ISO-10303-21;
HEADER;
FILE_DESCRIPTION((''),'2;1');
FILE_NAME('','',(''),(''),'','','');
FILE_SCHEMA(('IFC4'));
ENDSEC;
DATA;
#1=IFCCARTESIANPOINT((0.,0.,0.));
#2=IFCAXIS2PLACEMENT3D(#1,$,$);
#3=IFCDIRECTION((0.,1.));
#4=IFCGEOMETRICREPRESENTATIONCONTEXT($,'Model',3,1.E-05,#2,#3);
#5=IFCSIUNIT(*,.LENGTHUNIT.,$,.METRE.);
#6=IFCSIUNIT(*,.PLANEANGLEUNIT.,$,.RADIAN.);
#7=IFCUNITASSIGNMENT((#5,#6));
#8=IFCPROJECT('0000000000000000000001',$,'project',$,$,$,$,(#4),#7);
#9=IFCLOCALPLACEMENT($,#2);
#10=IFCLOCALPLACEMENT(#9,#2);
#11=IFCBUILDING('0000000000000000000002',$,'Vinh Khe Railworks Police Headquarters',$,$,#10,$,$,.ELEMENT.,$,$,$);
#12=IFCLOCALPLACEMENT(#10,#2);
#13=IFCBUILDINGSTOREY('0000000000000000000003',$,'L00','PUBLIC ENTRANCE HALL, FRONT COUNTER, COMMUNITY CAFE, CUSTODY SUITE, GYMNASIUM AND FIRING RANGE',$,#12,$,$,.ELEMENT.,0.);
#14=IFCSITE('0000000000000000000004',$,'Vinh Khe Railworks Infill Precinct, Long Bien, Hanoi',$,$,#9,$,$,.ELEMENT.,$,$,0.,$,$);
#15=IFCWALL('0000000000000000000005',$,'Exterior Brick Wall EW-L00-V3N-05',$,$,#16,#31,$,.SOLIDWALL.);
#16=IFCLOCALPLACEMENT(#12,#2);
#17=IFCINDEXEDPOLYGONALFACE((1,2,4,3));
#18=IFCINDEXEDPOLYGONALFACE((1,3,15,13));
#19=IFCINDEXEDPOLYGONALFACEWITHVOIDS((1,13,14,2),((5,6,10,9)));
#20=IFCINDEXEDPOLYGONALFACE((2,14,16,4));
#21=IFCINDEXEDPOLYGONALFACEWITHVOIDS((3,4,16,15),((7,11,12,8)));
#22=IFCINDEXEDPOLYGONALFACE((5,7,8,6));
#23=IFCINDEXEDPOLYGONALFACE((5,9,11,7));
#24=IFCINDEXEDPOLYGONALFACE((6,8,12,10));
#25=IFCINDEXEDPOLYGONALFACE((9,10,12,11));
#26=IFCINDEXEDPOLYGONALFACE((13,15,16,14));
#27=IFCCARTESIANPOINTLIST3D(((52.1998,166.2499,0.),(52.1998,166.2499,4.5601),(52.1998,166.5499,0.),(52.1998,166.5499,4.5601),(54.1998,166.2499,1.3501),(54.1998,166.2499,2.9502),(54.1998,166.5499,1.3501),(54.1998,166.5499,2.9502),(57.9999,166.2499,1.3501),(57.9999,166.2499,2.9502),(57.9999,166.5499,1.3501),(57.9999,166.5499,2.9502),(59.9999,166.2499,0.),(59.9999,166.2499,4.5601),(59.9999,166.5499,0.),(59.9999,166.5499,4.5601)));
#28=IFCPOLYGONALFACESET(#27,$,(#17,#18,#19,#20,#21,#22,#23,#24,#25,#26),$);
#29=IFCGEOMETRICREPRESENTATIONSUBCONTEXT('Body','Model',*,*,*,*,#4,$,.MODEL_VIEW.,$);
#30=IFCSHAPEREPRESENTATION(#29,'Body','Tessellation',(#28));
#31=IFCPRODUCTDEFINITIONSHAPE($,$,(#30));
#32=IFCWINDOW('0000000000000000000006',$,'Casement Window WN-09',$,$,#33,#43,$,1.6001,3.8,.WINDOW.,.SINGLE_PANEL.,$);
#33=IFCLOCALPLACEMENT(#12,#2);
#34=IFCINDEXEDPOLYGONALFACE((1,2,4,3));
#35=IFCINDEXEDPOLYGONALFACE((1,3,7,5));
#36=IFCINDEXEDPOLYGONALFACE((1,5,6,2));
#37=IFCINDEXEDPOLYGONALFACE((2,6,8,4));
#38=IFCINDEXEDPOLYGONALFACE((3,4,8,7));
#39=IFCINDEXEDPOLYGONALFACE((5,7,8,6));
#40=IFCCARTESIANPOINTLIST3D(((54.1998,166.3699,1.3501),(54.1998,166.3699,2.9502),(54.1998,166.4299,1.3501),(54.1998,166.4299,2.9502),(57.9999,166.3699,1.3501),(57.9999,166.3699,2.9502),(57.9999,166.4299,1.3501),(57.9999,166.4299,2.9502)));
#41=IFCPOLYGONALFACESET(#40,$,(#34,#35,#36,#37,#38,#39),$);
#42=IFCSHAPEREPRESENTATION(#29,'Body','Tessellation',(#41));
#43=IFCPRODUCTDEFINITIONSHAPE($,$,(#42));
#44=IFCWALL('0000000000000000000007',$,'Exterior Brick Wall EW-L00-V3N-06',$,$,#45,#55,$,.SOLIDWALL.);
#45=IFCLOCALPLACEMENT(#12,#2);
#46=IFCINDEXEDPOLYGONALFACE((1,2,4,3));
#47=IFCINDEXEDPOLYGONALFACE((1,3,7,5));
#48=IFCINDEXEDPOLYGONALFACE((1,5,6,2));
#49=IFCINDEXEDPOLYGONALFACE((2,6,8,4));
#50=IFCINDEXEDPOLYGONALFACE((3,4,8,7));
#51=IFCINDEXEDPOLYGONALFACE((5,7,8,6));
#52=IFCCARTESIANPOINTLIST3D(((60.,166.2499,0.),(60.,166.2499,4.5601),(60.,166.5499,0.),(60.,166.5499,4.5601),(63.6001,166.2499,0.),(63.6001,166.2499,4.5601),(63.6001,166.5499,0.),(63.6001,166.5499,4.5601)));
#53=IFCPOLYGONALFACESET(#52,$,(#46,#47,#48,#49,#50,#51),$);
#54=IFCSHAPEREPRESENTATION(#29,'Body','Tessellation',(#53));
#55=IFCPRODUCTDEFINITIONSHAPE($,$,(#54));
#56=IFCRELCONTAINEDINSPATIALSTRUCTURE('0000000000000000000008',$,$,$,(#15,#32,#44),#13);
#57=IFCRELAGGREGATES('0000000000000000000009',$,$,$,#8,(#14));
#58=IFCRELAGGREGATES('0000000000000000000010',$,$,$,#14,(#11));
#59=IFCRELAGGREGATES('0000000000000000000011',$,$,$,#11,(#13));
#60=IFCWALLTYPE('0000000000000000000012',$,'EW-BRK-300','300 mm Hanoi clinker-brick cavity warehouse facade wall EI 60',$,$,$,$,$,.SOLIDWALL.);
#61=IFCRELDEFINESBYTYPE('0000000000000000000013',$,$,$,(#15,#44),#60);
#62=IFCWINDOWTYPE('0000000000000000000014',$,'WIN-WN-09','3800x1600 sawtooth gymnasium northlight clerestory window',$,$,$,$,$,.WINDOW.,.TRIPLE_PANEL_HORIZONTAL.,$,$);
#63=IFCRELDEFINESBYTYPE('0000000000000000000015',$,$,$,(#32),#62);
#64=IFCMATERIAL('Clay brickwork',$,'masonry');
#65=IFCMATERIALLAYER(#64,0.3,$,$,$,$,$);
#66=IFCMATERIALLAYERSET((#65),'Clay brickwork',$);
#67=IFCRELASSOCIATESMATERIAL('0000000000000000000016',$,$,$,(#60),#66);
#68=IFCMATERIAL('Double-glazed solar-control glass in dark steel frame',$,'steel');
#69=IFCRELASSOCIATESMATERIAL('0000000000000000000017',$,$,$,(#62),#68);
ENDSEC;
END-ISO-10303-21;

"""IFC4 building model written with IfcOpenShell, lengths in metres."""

from ifc_helpers import new_model, si_unit, direction, frame, frame_2d, origin, place, context, subcontext, project, spatial, rectangle, extrude, material, layer, layer_set, type_object, element, fill, save


model = new_model("IFC4")

# Units and contexts
model_context = context("Model", 3, precision=1e-05, world=origin(), true_north=direction((0.0, 1.0)))
body_context = subcontext(model_context, "Body", "Model", "MODEL_VIEW")
ifc_project = project(units=[si_unit("LENGTHUNIT", "METRE"), si_unit("PLANEANGLEUNIT", "RADIAN")], contexts=[model_context])

# Site, building, storey
site_placement = place(None, origin())
site = spatial("IfcSite", under=ifc_project, at=site_placement, Name="Vinh Khe Railworks Infill Precinct, Long Bien, Hanoi", CompositionType="ELEMENT", RefElevation=0.0)
building_placement = place(site_placement, origin())
building = spatial("IfcBuilding", under=site, at=building_placement, Name="Vinh Khe Railworks Police Headquarters", CompositionType="ELEMENT")
storey_placement = place(building_placement, origin())
storey = spatial("IfcBuildingStorey", under=building, at=storey_placement, Name="L00", Description="PUBLIC ENTRANCE HALL, FRONT COUNTER, COMMUNITY CAFE, CUSTODY SUITE, GYMNASIUM AND FIRING RANGE", CompositionType="ELEMENT", Elevation=0.0)

# Wall, opening, window
ifc_material_1 = material(Name="Clay brickwork", Category="masonry")
ifc_layer = layer(ifc_material_1, 0.3)
ifc_layer_set = layer_set([ifc_layer], Name="Clay brickwork")
wall_type = type_object("IfcWallType", Name="EW-BRK-300", Description="300 mm Hanoi clinker-brick cavity warehouse facade wall EI 60", PredefinedType="SOLIDWALL", material=ifc_layer_set)
ifc_material_2 = material(Name="Double-glazed solar-control glass in dark steel frame", Category="steel")
window_type = type_object("IfcWindowType", Name="WIN-WN-09", Description="3800x1600 sawtooth gymnasium northlight clerestory window", PartitioningType="TRIPLE_PANEL_HORIZONTAL", PredefinedType="WINDOW", material=ifc_material_2)
wall_1_placement = place(storey_placement, frame((52.2, 166.3999, 0.0), z_axis=(0.0, 0.0, 1.0), x_axis=(1.0, 0.0, 0.0)))
wall_1 = element("IfcWall", 1, at=wall_1_placement, inside=storey, type_object=wall_type, Name="Exterior Brick Wall EW-L00-V3N-05", PredefinedType="SOLIDWALL", context=body_context, shape_type="SweptSolid", body=[
    extrude(rectangle(XDim=7.8, YDim=0.3, at=frame_2d((3.8999, 0.0))), origin(), (0.0, 0.0, 1.0), 4.5601),
])
opening_1_placement = place(wall_1_placement, frame((2.0, 0.0, 1.3501)))
opening_1 = element("IfcOpeningElement", 2, at=opening_1_placement, cuts=wall_1, PredefinedType="OPENING", context=body_context, shape_type="SweptSolid", body=[
    extrude(rectangle(XDim=3.8, YDim=1.6001, at=frame_2d((1.8999, 0.8))), frame((0.0, 0.165, 0.0), z_axis=(0.0, -1.0, 0.0), x_axis=(1.0, 0.0, 0.0)), (0.0, 0.0, 1.0), 0.3298),
])
window_1_placement = place(opening_1_placement, origin())
window_1 = element("IfcWindow", 3, at=window_1_placement, inside=storey, type_object=window_type, Name="Casement Window WN-09", OverallHeight=1.6001, OverallWidth=3.8, PartitioningType="SINGLE_PANEL", PredefinedType="WINDOW", context=body_context, shape_type="SweptSolid", body=[
    extrude(rectangle(XDim=3.8, YDim=1.6001, at=frame_2d((1.8999, 0.8))), frame((0.0, 0.03, 0.0), z_axis=(0.0, -1.0, 0.0), x_axis=(1.0, 0.0, 0.0)), (0.0, 0.0, 1.0), 0.0601),
])
fill(opening_1, window_1)

# Wall
wall_2_placement = place(storey_placement, frame((60.0, 166.3999, 0.0), z_axis=(0.0, 0.0, 1.0), x_axis=(1.0, 0.0, 0.0)))
element("IfcWall", 4, at=wall_2_placement, inside=storey, type_object=wall_type, Name="Exterior Brick Wall EW-L00-V3N-06", PredefinedType="SOLIDWALL", context=body_context, shape_type="SweptSolid", body=[
    extrude(rectangle(XDim=3.6001, YDim=0.3, at=frame_2d((1.8, 0.0))), origin(), (0.0, 0.0, 1.0), 4.5601),
])

save(model, "model.ifc")
